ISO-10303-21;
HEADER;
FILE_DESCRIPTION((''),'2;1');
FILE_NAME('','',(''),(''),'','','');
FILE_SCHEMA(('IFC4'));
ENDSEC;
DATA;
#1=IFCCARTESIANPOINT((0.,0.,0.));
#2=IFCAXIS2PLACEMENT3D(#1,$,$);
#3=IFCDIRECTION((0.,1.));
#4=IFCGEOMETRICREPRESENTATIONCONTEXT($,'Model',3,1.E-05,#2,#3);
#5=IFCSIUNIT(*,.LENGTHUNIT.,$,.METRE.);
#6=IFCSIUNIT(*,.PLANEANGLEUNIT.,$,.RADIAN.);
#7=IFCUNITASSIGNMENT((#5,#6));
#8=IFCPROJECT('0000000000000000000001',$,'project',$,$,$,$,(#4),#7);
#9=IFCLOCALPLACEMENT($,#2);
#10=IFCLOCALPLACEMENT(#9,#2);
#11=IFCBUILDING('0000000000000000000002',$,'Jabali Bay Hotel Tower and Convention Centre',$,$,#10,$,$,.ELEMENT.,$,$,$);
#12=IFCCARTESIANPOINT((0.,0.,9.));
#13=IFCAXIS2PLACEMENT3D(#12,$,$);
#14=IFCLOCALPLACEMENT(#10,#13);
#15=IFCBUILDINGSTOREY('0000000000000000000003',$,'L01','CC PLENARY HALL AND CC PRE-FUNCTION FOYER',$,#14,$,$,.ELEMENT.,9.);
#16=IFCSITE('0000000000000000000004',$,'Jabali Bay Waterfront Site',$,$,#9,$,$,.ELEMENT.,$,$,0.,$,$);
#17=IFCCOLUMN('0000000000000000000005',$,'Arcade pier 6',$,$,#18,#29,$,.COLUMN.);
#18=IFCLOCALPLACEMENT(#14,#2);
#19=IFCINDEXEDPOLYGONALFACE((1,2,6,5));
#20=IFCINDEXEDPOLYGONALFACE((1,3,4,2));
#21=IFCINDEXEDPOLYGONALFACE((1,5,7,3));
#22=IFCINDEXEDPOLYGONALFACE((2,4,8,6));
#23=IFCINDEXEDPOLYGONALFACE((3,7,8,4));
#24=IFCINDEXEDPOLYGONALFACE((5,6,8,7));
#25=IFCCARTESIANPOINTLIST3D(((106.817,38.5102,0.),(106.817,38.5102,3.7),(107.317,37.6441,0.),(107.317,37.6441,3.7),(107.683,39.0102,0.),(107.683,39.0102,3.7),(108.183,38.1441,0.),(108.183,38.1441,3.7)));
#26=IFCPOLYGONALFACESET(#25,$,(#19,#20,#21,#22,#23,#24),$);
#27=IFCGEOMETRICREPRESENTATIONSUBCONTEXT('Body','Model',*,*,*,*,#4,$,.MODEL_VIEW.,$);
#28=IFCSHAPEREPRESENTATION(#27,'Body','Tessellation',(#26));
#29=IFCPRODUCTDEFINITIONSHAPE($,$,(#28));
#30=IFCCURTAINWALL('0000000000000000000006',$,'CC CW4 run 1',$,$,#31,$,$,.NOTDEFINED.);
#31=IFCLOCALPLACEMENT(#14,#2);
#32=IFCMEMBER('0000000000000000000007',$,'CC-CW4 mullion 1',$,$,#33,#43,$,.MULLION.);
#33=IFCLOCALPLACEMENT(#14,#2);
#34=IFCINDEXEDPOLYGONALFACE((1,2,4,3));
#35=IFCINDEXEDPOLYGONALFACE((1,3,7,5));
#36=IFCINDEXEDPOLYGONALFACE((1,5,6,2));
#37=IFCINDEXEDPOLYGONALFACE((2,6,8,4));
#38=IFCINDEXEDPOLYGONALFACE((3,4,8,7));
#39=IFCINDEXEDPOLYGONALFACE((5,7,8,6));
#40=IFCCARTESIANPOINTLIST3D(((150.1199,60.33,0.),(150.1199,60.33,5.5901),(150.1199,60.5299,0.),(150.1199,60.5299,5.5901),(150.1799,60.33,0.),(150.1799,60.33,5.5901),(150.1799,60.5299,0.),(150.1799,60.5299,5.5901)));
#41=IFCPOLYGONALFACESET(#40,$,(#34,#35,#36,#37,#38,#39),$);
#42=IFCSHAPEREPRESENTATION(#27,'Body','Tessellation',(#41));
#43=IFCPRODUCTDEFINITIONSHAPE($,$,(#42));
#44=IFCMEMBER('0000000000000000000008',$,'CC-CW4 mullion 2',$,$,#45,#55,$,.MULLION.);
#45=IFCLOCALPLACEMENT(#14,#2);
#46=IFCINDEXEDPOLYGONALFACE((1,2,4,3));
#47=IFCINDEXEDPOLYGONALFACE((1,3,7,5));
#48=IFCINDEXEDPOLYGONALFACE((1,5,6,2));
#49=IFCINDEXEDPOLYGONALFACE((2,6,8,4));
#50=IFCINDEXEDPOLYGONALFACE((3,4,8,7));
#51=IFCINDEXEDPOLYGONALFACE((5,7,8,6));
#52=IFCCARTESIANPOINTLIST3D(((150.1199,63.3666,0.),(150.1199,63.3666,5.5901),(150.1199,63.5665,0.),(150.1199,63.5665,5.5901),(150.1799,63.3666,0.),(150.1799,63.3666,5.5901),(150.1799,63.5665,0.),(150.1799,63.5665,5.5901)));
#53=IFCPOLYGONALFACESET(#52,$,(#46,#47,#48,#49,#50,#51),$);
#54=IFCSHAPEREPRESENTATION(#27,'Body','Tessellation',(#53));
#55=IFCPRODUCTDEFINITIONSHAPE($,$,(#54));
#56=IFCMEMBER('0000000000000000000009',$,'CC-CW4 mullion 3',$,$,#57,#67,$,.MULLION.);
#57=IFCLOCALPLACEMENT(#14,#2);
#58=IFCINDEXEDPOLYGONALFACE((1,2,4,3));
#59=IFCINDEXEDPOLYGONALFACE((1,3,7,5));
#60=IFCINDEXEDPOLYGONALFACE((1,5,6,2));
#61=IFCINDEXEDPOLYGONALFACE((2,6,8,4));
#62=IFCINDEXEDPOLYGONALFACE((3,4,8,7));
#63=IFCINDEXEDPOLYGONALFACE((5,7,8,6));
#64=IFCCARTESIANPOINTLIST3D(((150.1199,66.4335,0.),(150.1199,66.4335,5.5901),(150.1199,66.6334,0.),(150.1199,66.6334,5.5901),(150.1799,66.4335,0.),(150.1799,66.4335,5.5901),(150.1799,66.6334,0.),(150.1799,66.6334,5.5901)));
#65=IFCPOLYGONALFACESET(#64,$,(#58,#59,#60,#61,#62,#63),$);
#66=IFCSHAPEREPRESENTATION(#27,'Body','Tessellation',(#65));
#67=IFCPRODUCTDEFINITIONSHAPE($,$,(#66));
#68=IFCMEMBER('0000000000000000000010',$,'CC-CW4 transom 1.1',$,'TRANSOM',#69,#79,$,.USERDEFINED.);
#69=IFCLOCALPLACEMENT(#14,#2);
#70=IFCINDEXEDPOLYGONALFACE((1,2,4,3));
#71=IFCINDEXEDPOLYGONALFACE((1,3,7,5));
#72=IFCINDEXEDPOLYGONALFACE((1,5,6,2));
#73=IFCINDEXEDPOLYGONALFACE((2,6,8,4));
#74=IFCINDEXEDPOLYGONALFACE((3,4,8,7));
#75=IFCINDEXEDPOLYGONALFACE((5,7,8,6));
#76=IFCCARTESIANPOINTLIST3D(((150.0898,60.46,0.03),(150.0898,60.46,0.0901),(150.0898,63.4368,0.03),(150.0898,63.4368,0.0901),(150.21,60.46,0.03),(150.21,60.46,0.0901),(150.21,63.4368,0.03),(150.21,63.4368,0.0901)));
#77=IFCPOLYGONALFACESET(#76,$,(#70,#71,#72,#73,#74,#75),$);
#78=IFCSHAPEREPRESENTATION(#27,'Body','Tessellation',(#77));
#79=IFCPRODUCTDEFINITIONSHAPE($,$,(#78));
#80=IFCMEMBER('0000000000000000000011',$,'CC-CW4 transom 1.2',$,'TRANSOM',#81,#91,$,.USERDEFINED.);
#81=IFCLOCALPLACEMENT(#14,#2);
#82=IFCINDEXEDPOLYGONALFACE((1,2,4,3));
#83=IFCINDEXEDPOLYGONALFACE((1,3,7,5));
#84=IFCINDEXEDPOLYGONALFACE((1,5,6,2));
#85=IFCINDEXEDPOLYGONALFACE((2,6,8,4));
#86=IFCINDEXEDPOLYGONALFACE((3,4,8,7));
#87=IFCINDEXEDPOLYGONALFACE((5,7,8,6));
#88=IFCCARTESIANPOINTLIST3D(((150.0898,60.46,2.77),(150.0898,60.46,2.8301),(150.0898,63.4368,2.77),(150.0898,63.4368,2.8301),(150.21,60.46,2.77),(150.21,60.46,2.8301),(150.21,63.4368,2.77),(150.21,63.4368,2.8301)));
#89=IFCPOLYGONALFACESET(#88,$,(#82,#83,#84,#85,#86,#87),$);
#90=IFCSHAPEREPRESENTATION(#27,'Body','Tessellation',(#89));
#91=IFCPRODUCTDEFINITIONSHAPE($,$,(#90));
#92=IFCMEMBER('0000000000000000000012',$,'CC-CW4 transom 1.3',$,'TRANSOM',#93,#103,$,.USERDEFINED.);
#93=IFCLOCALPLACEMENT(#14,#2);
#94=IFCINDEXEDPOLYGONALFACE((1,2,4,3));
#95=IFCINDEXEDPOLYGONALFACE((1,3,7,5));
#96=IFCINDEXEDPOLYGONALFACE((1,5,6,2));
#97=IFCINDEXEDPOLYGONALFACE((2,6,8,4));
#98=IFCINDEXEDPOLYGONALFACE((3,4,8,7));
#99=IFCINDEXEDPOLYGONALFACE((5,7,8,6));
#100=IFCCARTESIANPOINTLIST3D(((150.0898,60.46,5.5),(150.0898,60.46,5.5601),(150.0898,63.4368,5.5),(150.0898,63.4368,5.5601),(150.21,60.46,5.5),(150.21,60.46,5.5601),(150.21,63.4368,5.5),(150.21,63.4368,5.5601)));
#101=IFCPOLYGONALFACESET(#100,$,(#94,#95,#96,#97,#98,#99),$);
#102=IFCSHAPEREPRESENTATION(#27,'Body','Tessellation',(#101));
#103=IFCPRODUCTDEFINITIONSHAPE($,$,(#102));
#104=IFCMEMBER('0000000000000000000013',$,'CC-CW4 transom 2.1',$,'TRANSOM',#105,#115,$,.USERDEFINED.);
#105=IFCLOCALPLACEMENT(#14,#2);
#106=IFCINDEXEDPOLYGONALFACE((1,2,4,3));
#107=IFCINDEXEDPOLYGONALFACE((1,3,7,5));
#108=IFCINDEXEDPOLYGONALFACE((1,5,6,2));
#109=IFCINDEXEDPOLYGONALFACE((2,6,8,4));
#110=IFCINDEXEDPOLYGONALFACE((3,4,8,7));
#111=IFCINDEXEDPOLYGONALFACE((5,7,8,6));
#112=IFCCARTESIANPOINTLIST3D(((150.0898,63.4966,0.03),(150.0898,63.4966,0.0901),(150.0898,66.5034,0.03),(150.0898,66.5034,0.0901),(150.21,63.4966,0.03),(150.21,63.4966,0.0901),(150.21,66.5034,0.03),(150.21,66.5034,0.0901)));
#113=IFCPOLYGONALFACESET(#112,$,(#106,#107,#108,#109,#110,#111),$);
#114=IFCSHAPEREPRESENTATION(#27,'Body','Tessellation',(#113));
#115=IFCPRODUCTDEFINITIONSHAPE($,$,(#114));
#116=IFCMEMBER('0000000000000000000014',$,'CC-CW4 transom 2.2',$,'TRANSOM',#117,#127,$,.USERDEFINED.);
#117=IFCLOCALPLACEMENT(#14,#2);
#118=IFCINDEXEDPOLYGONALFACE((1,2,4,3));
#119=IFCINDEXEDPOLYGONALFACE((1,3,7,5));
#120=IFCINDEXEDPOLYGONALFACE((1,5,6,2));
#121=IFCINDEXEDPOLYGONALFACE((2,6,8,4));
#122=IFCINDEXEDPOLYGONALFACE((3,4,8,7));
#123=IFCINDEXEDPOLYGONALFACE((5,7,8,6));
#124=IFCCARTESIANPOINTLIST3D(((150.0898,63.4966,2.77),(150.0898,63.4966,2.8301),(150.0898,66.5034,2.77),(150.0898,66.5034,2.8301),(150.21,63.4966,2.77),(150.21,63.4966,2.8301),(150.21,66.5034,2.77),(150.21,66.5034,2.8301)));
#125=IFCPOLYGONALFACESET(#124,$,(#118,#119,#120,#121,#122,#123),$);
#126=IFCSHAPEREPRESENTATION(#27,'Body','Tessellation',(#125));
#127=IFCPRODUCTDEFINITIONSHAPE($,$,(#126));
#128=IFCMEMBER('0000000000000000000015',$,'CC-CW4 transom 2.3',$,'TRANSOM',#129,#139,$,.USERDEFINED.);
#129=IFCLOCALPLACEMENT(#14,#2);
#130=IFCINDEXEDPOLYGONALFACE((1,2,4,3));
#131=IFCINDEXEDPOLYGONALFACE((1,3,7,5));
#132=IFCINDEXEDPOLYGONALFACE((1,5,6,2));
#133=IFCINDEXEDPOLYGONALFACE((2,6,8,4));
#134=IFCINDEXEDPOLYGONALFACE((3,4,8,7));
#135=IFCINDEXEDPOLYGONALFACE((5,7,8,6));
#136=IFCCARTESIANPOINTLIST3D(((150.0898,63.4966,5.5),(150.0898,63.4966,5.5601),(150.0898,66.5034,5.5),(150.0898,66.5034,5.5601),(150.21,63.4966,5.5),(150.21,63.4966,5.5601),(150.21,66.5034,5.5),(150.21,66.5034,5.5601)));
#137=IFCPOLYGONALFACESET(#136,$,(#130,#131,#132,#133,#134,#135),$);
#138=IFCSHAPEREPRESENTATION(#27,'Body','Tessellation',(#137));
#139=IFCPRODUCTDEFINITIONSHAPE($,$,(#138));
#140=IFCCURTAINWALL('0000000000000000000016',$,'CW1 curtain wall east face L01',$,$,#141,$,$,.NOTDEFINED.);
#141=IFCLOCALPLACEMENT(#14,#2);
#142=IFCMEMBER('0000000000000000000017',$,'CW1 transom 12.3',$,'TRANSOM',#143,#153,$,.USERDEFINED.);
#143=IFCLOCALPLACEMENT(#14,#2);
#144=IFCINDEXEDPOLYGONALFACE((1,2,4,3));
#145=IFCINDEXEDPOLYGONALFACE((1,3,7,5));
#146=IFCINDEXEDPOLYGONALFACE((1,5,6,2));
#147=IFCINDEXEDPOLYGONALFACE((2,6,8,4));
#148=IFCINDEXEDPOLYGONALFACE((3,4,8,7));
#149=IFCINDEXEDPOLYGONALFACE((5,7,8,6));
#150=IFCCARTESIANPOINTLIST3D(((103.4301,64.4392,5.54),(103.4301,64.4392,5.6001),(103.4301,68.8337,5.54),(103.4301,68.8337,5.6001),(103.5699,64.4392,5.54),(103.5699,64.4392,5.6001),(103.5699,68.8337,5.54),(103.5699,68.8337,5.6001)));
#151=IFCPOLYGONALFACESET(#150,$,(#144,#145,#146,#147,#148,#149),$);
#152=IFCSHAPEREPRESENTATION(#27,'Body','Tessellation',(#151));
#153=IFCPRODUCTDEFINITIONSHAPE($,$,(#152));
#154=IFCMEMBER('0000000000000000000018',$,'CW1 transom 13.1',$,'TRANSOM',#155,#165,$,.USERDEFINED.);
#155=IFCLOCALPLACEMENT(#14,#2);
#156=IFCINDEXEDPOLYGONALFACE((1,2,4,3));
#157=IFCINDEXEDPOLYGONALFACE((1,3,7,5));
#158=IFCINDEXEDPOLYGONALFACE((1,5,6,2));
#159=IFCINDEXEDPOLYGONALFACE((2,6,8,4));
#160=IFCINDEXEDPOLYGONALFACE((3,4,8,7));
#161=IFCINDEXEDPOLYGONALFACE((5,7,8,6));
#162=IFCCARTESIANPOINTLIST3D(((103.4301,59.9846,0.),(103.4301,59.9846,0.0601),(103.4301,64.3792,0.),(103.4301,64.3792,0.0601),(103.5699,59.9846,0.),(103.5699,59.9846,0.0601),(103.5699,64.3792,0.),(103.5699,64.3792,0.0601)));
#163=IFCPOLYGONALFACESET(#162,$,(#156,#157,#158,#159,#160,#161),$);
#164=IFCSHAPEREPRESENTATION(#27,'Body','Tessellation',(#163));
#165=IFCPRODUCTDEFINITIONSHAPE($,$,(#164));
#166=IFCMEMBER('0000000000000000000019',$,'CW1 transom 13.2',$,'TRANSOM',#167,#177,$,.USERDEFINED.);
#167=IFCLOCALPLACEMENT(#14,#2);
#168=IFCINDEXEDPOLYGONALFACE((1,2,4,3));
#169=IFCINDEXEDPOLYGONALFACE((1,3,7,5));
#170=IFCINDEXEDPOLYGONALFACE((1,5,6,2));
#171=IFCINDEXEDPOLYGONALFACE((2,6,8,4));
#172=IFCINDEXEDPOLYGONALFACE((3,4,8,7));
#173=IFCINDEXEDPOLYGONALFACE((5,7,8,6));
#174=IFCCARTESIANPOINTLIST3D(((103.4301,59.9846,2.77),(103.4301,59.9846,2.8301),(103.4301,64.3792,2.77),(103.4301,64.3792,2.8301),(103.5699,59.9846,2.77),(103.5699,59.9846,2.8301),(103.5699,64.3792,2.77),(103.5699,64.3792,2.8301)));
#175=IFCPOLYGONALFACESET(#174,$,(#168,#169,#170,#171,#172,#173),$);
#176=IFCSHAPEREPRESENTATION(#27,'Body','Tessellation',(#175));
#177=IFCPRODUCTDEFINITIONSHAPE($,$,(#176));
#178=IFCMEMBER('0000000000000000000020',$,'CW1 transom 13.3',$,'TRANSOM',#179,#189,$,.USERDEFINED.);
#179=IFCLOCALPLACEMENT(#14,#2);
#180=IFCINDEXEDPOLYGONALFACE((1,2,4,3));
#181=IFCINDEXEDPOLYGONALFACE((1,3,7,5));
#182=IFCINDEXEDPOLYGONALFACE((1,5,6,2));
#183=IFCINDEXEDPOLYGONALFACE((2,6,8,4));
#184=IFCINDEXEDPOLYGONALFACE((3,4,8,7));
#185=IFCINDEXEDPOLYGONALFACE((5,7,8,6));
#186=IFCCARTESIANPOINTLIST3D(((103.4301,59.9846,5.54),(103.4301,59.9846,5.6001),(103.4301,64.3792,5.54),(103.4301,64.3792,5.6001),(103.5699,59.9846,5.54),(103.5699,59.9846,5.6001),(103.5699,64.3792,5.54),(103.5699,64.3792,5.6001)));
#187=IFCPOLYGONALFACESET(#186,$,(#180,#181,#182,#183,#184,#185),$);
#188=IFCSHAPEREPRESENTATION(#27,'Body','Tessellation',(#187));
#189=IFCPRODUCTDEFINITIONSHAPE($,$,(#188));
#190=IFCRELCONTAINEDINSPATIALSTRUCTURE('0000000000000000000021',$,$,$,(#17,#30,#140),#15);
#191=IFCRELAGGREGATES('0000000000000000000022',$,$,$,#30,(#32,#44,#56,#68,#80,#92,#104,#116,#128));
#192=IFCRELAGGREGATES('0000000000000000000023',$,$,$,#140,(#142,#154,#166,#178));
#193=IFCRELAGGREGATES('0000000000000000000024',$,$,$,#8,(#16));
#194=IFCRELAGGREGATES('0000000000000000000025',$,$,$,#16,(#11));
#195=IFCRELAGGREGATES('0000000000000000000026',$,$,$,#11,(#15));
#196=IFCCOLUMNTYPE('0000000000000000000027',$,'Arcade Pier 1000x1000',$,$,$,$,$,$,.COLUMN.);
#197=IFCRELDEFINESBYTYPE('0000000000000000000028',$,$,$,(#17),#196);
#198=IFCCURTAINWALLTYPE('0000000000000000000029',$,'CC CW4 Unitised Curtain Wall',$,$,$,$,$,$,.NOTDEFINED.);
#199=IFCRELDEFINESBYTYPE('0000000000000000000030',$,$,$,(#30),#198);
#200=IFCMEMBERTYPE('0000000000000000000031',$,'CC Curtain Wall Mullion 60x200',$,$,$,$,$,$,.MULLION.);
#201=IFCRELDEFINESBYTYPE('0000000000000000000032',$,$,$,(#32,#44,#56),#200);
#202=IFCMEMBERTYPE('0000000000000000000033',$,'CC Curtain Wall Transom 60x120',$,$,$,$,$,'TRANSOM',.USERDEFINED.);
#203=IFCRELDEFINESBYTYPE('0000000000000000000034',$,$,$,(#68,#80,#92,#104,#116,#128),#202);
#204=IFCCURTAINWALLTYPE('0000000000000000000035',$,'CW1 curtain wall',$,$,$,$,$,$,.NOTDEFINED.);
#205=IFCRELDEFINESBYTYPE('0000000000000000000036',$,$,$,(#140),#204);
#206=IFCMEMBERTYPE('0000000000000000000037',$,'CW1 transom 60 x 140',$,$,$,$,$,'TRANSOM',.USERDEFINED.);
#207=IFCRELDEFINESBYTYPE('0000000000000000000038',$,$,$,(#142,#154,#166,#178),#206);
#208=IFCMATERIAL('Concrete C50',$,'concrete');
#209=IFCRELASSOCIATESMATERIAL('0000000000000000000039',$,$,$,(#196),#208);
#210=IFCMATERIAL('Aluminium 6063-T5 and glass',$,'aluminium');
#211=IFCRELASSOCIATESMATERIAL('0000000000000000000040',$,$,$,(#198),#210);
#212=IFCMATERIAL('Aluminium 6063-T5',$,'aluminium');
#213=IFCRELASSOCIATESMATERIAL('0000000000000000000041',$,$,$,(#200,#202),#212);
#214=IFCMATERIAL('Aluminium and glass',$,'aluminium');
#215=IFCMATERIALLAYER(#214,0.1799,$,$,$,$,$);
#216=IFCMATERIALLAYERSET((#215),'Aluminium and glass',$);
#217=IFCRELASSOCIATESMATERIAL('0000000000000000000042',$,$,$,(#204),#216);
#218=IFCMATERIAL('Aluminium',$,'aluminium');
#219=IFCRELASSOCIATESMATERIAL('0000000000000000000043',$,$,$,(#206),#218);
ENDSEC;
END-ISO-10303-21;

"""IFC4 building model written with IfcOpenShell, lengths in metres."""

from ifc_helpers import new_model, si_unit, direction, frame, origin, origin_2d, place, context, subcontext, project, spatial, rectangle, extrude, material, layer, layer_set, material_profile, profile_set, type_object, element, aggregate, save


model = new_model("IFC4")

# Units and contexts
model_context = context("Model", 3, precision=1e-05, world=origin(), true_north=direction((0.0, 1.0)))
body_context = subcontext(model_context, "Body", "Model", "MODEL_VIEW")
ifc_project = project(units=[si_unit("LENGTHUNIT", "METRE"), si_unit("PLANEANGLEUNIT", "RADIAN")], contexts=[model_context])

# Site, building, storey
site_placement = place(None, origin())
site = spatial("IfcSite", under=ifc_project, at=site_placement, Name="Jabali Bay Waterfront Site", CompositionType="ELEMENT", RefElevation=0.0)
building_placement = place(site_placement, origin())
building = spatial("IfcBuilding", under=site, at=building_placement, Name="Jabali Bay Hotel Tower and Convention Centre", CompositionType="ELEMENT")
storey_placement = place(building_placement, frame((0.0, 0.0, 9.0)))
storey = spatial("IfcBuildingStorey", under=building, at=storey_placement, Name="L01", Description="CC PLENARY HALL AND CC PRE-FUNCTION FOYER", CompositionType="ELEMENT", Elevation=9.0)

# Column
ifc_material_1 = material(Name="Concrete C50", Category="concrete")
ifc_material_profile_1 = material_profile(ifc_material_1, rectangle(XDim=1.0, YDim=1.0, at=origin_2d()), Name="RC 1000x1000")
ifc_profile_set_1 = profile_set([ifc_material_profile_1], Name="Concrete C50")
column_type = type_object("IfcColumnType", Name="Arcade Pier 1000x1000", PredefinedType="COLUMN", material=ifc_profile_set_1)
column_placement = place(storey_placement, frame((107.5, 38.3271, 0.0), z_axis=(0.0, 0.0, 1.0), x_axis=(0.866025, 0.5, 0.0)))
element("IfcColumn", 1, at=column_placement, inside=storey, type_object=column_type, Name="Arcade pier 6", PredefinedType="COLUMN", context=body_context, shape_type="SweptSolid", body=[
    extrude(rectangle(XDim=1.0, YDim=1.0, at=origin_2d()), origin(), (0.0, 0.0, 1.0), 3.7),
])

# Curtain walls, members
ifc_material_2 = material(Name="Aluminium 6063-T5 and glass", Category="aluminium")
curtain_wall_type_1 = type_object("IfcCurtainWallType", Name="CC CW4 Unitised Curtain Wall", PredefinedType="NOTDEFINED", material=ifc_material_2)
curtain_wall_1_placement = place(storey_placement, origin())
curtain_wall_1 = element("IfcCurtainWall", 2, at=curtain_wall_1_placement, inside=storey, type_object=curtain_wall_type_1, Name="CC CW4 run 1", PredefinedType="NOTDEFINED")
ifc_material_3 = material(Name="Aluminium 6063-T5", Category="aluminium")
ifc_material_profile_2 = material_profile(ifc_material_3, rectangle(XDim=0.0601, YDim=0.2, at=origin_2d()), Name="AL 60x200")
ifc_profile_set_2 = profile_set([ifc_material_profile_2], Name="Aluminium 6063-T5")
member_type_1 = type_object("IfcMemberType", Name="CC Curtain Wall Mullion 60x200", PredefinedType="MULLION", material=ifc_profile_set_2)
member_1_placement = place(storey_placement, frame((150.1499, 60.4299, 0.0), z_axis=(0.0, 0.0, 1.0), x_axis=(-1.0, 0.0, 0.0)))
member_1 = element("IfcMember", 3, at=member_1_placement, type_object=member_type_1, Name="CC-CW4 mullion 1", PredefinedType="MULLION", context=body_context, shape_type="SweptSolid", body=[
    extrude(rectangle(XDim=0.0601, YDim=0.2, at=origin_2d()), origin(), (0.0, 0.0, 1.0), 5.5901),
])
member_2_placement = place(storey_placement, frame((150.1499, 63.4666, 0.0), z_axis=(0.0, 0.0, 1.0), x_axis=(-1.0, 0.0, 0.0)))
member_2 = element("IfcMember", 4, at=member_2_placement, type_object=member_type_1, Name="CC-CW4 mullion 2", PredefinedType="MULLION", context=body_context, shape_type="SweptSolid", body=[
    extrude(rectangle(XDim=0.0601, YDim=0.2, at=origin_2d()), origin(), (0.0, 0.0, 1.0), 5.5901),
])
member_3_placement = place(storey_placement, frame((150.1499, 66.5334, 0.0), z_axis=(0.0, 0.0, 1.0), x_axis=(-1.0, 0.0, 0.0)))
member_3 = element("IfcMember", 5, at=member_3_placement, type_object=member_type_1, Name="CC-CW4 mullion 3", PredefinedType="MULLION", context=body_context, shape_type="SweptSolid", body=[
    extrude(rectangle(XDim=0.0601, YDim=0.2, at=origin_2d()), origin(), (0.0, 0.0, 1.0), 5.5901),
])
ifc_material_profile_3 = material_profile(ifc_material_3, rectangle(XDim=0.1201, YDim=0.0601, at=origin_2d()), Name="AL 120x60")
ifc_profile_set_3 = profile_set([ifc_material_profile_3], Name="Aluminium 6063-T5")
member_type_2 = type_object("IfcMemberType", Name="CC Curtain Wall Transom 60x120", ElementType="TRANSOM", PredefinedType="USERDEFINED", material=ifc_profile_set_3)
member_4_placement = place(storey_placement, frame((150.1499, 60.46, 0.0601), z_axis=(0.0, 1.0, 0.0), x_axis=(-1.0, 0.0, 0.0)))
member_4 = element("IfcMember", 6, at=member_4_placement, type_object=member_type_2, Name="CC-CW4 transom 1.1", ObjectType="TRANSOM", PredefinedType="USERDEFINED", context=body_context, shape_type="SweptSolid", body=[
    extrude(rectangle(XDim=0.1201, YDim=0.0601, at=origin_2d()), origin(), (0.0, 0.0, 1.0), 2.9768),
])
member_5_placement = place(storey_placement, frame((150.1499, 60.46, 2.8), z_axis=(0.0, 1.0, 0.0), x_axis=(-1.0, 0.0, 0.0)))
member_5 = element("IfcMember", 7, at=member_5_placement, type_object=member_type_2, Name="CC-CW4 transom 1.2", ObjectType="TRANSOM", PredefinedType="USERDEFINED", context=body_context, shape_type="SweptSolid", body=[
    extrude(rectangle(XDim=0.1201, YDim=0.0601, at=origin_2d()), origin(), (0.0, 0.0, 1.0), 2.9768),
])
member_6_placement = place(storey_placement, frame((150.1499, 60.46, 5.53), z_axis=(0.0, 1.0, 0.0), x_axis=(-1.0, 0.0, 0.0)))
member_6 = element("IfcMember", 8, at=member_6_placement, type_object=member_type_2, Name="CC-CW4 transom 1.3", ObjectType="TRANSOM", PredefinedType="USERDEFINED", context=body_context, shape_type="SweptSolid", body=[
    extrude(rectangle(XDim=0.1201, YDim=0.0601, at=origin_2d()), origin(), (0.0, 0.0, 1.0), 2.9768),
])
member_7_placement = place(storey_placement, frame((150.1499, 63.4966, 0.0601), z_axis=(0.0, 1.0, 0.0), x_axis=(-1.0, 0.0, 0.0)))
member_7 = element("IfcMember", 9, at=member_7_placement, type_object=member_type_2, Name="CC-CW4 transom 2.1", ObjectType="TRANSOM", PredefinedType="USERDEFINED", context=body_context, shape_type="SweptSolid", body=[
    extrude(rectangle(XDim=0.1201, YDim=0.0601, at=origin_2d()), origin(), (0.0, 0.0, 1.0), 3.0068),
])
member_8_placement = place(storey_placement, frame((150.1499, 63.4966, 2.8), z_axis=(0.0, 1.0, 0.0), x_axis=(-1.0, 0.0, 0.0)))
member_8 = element("IfcMember", 10, at=member_8_placement, type_object=member_type_2, Name="CC-CW4 transom 2.2", ObjectType="TRANSOM", PredefinedType="USERDEFINED", context=body_context, shape_type="SweptSolid", body=[
    extrude(rectangle(XDim=0.1201, YDim=0.0601, at=origin_2d()), origin(), (0.0, 0.0, 1.0), 3.0068),
])
member_9_placement = place(storey_placement, frame((150.1499, 63.4966, 5.53), z_axis=(0.0, 1.0, 0.0), x_axis=(-1.0, 0.0, 0.0)))
member_9 = element("IfcMember", 11, at=member_9_placement, type_object=member_type_2, Name="CC-CW4 transom 2.3", ObjectType="TRANSOM", PredefinedType="USERDEFINED", context=body_context, shape_type="SweptSolid", body=[
    extrude(rectangle(XDim=0.1201, YDim=0.0601, at=origin_2d()), origin(), (0.0, 0.0, 1.0), 3.0068),
])
ifc_material_4 = material(Name="Aluminium and glass", Category="aluminium")
ifc_layer_1 = layer(ifc_material_4, 0.1799)
ifc_layer_set_1 = layer_set([ifc_layer_1], Name="Aluminium and glass")
curtain_wall_type_2 = type_object("IfcCurtainWallType", Name="CW1 curtain wall", PredefinedType="NOTDEFINED", material=ifc_layer_set_1)
curtain_wall_2_placement = place(storey_placement, origin())
curtain_wall_2 = element("IfcCurtainWall", 12, at=curtain_wall_2_placement, inside=storey, type_object=curtain_wall_type_2, Name="CW1 curtain wall east face L01", PredefinedType="NOTDEFINED")
ifc_material_5 = material(Name="Aluminium", Category="aluminium")
ifc_material_profile_4 = material_profile(ifc_material_5, rectangle(XDim=0.1399, YDim=0.0601, at=origin_2d()), Name="CW1 transom 60 x 140")
ifc_profile_set_4 = profile_set([ifc_material_profile_4], Name="Aluminium")
member_type_3 = type_object("IfcMemberType", Name="CW1 transom 60 x 140", ElementType="TRANSOM", PredefinedType="USERDEFINED", material=ifc_profile_set_4)
member_10_placement = place(storey_placement, frame((103.5, 68.8337, 5.5701), z_axis=(0.0, -1.0, 0.0), x_axis=(1.0, 0.0, 0.0)))
member_10 = element("IfcMember", 13, at=member_10_placement, type_object=member_type_3, Name="CW1 transom 12.3", ObjectType="TRANSOM", PredefinedType="USERDEFINED", context=body_context, shape_type="SweptSolid", body=[
    extrude(rectangle(XDim=0.1399, YDim=0.0601, at=origin_2d()), origin(), (0.0, 0.0, 1.0), 4.3945),
])
member_11_placement = place(storey_placement, frame((103.5, 64.3792, 0.03), z_axis=(0.0, -1.0, 0.0), x_axis=(1.0, 0.0, 0.0)))
member_11 = element("IfcMember", 14, at=member_11_placement, type_object=member_type_3, Name="CW1 transom 13.1", ObjectType="TRANSOM", PredefinedType="USERDEFINED", context=body_context, shape_type="SweptSolid", body=[
    extrude(rectangle(XDim=0.1399, YDim=0.0601, at=origin_2d()), origin(), (0.0, 0.0, 1.0), 4.3945),
])
member_12_placement = place(storey_placement, frame((103.5, 64.3792, 2.8), z_axis=(0.0, -1.0, 0.0), x_axis=(1.0, 0.0, 0.0)))
member_12 = element("IfcMember", 15, at=member_12_placement, type_object=member_type_3, Name="CW1 transom 13.2", ObjectType="TRANSOM", PredefinedType="USERDEFINED", context=body_context, shape_type="SweptSolid", body=[
    extrude(rectangle(XDim=0.1399, YDim=0.0601, at=origin_2d()), origin(), (0.0, 0.0, 1.0), 4.3945),
])
member_13_placement = place(storey_placement, frame((103.5, 64.3792, 5.5701), z_axis=(0.0, -1.0, 0.0), x_axis=(1.0, 0.0, 0.0)))
member_13 = element("IfcMember", 16, at=member_13_placement, type_object=member_type_3, Name="CW1 transom 13.3", ObjectType="TRANSOM", PredefinedType="USERDEFINED", context=body_context, shape_type="SweptSolid", body=[
    extrude(rectangle(XDim=0.1399, YDim=0.0601, at=origin_2d()), origin(), (0.0, 0.0, 1.0), 4.3945),
])

aggregate(curtain_wall_1, [member_1, member_2, member_3, member_4, member_5, member_6, member_7, member_8, member_9])
aggregate(curtain_wall_2, [member_10, member_11, member_12, member_13])

save(model, "model.ifc")
